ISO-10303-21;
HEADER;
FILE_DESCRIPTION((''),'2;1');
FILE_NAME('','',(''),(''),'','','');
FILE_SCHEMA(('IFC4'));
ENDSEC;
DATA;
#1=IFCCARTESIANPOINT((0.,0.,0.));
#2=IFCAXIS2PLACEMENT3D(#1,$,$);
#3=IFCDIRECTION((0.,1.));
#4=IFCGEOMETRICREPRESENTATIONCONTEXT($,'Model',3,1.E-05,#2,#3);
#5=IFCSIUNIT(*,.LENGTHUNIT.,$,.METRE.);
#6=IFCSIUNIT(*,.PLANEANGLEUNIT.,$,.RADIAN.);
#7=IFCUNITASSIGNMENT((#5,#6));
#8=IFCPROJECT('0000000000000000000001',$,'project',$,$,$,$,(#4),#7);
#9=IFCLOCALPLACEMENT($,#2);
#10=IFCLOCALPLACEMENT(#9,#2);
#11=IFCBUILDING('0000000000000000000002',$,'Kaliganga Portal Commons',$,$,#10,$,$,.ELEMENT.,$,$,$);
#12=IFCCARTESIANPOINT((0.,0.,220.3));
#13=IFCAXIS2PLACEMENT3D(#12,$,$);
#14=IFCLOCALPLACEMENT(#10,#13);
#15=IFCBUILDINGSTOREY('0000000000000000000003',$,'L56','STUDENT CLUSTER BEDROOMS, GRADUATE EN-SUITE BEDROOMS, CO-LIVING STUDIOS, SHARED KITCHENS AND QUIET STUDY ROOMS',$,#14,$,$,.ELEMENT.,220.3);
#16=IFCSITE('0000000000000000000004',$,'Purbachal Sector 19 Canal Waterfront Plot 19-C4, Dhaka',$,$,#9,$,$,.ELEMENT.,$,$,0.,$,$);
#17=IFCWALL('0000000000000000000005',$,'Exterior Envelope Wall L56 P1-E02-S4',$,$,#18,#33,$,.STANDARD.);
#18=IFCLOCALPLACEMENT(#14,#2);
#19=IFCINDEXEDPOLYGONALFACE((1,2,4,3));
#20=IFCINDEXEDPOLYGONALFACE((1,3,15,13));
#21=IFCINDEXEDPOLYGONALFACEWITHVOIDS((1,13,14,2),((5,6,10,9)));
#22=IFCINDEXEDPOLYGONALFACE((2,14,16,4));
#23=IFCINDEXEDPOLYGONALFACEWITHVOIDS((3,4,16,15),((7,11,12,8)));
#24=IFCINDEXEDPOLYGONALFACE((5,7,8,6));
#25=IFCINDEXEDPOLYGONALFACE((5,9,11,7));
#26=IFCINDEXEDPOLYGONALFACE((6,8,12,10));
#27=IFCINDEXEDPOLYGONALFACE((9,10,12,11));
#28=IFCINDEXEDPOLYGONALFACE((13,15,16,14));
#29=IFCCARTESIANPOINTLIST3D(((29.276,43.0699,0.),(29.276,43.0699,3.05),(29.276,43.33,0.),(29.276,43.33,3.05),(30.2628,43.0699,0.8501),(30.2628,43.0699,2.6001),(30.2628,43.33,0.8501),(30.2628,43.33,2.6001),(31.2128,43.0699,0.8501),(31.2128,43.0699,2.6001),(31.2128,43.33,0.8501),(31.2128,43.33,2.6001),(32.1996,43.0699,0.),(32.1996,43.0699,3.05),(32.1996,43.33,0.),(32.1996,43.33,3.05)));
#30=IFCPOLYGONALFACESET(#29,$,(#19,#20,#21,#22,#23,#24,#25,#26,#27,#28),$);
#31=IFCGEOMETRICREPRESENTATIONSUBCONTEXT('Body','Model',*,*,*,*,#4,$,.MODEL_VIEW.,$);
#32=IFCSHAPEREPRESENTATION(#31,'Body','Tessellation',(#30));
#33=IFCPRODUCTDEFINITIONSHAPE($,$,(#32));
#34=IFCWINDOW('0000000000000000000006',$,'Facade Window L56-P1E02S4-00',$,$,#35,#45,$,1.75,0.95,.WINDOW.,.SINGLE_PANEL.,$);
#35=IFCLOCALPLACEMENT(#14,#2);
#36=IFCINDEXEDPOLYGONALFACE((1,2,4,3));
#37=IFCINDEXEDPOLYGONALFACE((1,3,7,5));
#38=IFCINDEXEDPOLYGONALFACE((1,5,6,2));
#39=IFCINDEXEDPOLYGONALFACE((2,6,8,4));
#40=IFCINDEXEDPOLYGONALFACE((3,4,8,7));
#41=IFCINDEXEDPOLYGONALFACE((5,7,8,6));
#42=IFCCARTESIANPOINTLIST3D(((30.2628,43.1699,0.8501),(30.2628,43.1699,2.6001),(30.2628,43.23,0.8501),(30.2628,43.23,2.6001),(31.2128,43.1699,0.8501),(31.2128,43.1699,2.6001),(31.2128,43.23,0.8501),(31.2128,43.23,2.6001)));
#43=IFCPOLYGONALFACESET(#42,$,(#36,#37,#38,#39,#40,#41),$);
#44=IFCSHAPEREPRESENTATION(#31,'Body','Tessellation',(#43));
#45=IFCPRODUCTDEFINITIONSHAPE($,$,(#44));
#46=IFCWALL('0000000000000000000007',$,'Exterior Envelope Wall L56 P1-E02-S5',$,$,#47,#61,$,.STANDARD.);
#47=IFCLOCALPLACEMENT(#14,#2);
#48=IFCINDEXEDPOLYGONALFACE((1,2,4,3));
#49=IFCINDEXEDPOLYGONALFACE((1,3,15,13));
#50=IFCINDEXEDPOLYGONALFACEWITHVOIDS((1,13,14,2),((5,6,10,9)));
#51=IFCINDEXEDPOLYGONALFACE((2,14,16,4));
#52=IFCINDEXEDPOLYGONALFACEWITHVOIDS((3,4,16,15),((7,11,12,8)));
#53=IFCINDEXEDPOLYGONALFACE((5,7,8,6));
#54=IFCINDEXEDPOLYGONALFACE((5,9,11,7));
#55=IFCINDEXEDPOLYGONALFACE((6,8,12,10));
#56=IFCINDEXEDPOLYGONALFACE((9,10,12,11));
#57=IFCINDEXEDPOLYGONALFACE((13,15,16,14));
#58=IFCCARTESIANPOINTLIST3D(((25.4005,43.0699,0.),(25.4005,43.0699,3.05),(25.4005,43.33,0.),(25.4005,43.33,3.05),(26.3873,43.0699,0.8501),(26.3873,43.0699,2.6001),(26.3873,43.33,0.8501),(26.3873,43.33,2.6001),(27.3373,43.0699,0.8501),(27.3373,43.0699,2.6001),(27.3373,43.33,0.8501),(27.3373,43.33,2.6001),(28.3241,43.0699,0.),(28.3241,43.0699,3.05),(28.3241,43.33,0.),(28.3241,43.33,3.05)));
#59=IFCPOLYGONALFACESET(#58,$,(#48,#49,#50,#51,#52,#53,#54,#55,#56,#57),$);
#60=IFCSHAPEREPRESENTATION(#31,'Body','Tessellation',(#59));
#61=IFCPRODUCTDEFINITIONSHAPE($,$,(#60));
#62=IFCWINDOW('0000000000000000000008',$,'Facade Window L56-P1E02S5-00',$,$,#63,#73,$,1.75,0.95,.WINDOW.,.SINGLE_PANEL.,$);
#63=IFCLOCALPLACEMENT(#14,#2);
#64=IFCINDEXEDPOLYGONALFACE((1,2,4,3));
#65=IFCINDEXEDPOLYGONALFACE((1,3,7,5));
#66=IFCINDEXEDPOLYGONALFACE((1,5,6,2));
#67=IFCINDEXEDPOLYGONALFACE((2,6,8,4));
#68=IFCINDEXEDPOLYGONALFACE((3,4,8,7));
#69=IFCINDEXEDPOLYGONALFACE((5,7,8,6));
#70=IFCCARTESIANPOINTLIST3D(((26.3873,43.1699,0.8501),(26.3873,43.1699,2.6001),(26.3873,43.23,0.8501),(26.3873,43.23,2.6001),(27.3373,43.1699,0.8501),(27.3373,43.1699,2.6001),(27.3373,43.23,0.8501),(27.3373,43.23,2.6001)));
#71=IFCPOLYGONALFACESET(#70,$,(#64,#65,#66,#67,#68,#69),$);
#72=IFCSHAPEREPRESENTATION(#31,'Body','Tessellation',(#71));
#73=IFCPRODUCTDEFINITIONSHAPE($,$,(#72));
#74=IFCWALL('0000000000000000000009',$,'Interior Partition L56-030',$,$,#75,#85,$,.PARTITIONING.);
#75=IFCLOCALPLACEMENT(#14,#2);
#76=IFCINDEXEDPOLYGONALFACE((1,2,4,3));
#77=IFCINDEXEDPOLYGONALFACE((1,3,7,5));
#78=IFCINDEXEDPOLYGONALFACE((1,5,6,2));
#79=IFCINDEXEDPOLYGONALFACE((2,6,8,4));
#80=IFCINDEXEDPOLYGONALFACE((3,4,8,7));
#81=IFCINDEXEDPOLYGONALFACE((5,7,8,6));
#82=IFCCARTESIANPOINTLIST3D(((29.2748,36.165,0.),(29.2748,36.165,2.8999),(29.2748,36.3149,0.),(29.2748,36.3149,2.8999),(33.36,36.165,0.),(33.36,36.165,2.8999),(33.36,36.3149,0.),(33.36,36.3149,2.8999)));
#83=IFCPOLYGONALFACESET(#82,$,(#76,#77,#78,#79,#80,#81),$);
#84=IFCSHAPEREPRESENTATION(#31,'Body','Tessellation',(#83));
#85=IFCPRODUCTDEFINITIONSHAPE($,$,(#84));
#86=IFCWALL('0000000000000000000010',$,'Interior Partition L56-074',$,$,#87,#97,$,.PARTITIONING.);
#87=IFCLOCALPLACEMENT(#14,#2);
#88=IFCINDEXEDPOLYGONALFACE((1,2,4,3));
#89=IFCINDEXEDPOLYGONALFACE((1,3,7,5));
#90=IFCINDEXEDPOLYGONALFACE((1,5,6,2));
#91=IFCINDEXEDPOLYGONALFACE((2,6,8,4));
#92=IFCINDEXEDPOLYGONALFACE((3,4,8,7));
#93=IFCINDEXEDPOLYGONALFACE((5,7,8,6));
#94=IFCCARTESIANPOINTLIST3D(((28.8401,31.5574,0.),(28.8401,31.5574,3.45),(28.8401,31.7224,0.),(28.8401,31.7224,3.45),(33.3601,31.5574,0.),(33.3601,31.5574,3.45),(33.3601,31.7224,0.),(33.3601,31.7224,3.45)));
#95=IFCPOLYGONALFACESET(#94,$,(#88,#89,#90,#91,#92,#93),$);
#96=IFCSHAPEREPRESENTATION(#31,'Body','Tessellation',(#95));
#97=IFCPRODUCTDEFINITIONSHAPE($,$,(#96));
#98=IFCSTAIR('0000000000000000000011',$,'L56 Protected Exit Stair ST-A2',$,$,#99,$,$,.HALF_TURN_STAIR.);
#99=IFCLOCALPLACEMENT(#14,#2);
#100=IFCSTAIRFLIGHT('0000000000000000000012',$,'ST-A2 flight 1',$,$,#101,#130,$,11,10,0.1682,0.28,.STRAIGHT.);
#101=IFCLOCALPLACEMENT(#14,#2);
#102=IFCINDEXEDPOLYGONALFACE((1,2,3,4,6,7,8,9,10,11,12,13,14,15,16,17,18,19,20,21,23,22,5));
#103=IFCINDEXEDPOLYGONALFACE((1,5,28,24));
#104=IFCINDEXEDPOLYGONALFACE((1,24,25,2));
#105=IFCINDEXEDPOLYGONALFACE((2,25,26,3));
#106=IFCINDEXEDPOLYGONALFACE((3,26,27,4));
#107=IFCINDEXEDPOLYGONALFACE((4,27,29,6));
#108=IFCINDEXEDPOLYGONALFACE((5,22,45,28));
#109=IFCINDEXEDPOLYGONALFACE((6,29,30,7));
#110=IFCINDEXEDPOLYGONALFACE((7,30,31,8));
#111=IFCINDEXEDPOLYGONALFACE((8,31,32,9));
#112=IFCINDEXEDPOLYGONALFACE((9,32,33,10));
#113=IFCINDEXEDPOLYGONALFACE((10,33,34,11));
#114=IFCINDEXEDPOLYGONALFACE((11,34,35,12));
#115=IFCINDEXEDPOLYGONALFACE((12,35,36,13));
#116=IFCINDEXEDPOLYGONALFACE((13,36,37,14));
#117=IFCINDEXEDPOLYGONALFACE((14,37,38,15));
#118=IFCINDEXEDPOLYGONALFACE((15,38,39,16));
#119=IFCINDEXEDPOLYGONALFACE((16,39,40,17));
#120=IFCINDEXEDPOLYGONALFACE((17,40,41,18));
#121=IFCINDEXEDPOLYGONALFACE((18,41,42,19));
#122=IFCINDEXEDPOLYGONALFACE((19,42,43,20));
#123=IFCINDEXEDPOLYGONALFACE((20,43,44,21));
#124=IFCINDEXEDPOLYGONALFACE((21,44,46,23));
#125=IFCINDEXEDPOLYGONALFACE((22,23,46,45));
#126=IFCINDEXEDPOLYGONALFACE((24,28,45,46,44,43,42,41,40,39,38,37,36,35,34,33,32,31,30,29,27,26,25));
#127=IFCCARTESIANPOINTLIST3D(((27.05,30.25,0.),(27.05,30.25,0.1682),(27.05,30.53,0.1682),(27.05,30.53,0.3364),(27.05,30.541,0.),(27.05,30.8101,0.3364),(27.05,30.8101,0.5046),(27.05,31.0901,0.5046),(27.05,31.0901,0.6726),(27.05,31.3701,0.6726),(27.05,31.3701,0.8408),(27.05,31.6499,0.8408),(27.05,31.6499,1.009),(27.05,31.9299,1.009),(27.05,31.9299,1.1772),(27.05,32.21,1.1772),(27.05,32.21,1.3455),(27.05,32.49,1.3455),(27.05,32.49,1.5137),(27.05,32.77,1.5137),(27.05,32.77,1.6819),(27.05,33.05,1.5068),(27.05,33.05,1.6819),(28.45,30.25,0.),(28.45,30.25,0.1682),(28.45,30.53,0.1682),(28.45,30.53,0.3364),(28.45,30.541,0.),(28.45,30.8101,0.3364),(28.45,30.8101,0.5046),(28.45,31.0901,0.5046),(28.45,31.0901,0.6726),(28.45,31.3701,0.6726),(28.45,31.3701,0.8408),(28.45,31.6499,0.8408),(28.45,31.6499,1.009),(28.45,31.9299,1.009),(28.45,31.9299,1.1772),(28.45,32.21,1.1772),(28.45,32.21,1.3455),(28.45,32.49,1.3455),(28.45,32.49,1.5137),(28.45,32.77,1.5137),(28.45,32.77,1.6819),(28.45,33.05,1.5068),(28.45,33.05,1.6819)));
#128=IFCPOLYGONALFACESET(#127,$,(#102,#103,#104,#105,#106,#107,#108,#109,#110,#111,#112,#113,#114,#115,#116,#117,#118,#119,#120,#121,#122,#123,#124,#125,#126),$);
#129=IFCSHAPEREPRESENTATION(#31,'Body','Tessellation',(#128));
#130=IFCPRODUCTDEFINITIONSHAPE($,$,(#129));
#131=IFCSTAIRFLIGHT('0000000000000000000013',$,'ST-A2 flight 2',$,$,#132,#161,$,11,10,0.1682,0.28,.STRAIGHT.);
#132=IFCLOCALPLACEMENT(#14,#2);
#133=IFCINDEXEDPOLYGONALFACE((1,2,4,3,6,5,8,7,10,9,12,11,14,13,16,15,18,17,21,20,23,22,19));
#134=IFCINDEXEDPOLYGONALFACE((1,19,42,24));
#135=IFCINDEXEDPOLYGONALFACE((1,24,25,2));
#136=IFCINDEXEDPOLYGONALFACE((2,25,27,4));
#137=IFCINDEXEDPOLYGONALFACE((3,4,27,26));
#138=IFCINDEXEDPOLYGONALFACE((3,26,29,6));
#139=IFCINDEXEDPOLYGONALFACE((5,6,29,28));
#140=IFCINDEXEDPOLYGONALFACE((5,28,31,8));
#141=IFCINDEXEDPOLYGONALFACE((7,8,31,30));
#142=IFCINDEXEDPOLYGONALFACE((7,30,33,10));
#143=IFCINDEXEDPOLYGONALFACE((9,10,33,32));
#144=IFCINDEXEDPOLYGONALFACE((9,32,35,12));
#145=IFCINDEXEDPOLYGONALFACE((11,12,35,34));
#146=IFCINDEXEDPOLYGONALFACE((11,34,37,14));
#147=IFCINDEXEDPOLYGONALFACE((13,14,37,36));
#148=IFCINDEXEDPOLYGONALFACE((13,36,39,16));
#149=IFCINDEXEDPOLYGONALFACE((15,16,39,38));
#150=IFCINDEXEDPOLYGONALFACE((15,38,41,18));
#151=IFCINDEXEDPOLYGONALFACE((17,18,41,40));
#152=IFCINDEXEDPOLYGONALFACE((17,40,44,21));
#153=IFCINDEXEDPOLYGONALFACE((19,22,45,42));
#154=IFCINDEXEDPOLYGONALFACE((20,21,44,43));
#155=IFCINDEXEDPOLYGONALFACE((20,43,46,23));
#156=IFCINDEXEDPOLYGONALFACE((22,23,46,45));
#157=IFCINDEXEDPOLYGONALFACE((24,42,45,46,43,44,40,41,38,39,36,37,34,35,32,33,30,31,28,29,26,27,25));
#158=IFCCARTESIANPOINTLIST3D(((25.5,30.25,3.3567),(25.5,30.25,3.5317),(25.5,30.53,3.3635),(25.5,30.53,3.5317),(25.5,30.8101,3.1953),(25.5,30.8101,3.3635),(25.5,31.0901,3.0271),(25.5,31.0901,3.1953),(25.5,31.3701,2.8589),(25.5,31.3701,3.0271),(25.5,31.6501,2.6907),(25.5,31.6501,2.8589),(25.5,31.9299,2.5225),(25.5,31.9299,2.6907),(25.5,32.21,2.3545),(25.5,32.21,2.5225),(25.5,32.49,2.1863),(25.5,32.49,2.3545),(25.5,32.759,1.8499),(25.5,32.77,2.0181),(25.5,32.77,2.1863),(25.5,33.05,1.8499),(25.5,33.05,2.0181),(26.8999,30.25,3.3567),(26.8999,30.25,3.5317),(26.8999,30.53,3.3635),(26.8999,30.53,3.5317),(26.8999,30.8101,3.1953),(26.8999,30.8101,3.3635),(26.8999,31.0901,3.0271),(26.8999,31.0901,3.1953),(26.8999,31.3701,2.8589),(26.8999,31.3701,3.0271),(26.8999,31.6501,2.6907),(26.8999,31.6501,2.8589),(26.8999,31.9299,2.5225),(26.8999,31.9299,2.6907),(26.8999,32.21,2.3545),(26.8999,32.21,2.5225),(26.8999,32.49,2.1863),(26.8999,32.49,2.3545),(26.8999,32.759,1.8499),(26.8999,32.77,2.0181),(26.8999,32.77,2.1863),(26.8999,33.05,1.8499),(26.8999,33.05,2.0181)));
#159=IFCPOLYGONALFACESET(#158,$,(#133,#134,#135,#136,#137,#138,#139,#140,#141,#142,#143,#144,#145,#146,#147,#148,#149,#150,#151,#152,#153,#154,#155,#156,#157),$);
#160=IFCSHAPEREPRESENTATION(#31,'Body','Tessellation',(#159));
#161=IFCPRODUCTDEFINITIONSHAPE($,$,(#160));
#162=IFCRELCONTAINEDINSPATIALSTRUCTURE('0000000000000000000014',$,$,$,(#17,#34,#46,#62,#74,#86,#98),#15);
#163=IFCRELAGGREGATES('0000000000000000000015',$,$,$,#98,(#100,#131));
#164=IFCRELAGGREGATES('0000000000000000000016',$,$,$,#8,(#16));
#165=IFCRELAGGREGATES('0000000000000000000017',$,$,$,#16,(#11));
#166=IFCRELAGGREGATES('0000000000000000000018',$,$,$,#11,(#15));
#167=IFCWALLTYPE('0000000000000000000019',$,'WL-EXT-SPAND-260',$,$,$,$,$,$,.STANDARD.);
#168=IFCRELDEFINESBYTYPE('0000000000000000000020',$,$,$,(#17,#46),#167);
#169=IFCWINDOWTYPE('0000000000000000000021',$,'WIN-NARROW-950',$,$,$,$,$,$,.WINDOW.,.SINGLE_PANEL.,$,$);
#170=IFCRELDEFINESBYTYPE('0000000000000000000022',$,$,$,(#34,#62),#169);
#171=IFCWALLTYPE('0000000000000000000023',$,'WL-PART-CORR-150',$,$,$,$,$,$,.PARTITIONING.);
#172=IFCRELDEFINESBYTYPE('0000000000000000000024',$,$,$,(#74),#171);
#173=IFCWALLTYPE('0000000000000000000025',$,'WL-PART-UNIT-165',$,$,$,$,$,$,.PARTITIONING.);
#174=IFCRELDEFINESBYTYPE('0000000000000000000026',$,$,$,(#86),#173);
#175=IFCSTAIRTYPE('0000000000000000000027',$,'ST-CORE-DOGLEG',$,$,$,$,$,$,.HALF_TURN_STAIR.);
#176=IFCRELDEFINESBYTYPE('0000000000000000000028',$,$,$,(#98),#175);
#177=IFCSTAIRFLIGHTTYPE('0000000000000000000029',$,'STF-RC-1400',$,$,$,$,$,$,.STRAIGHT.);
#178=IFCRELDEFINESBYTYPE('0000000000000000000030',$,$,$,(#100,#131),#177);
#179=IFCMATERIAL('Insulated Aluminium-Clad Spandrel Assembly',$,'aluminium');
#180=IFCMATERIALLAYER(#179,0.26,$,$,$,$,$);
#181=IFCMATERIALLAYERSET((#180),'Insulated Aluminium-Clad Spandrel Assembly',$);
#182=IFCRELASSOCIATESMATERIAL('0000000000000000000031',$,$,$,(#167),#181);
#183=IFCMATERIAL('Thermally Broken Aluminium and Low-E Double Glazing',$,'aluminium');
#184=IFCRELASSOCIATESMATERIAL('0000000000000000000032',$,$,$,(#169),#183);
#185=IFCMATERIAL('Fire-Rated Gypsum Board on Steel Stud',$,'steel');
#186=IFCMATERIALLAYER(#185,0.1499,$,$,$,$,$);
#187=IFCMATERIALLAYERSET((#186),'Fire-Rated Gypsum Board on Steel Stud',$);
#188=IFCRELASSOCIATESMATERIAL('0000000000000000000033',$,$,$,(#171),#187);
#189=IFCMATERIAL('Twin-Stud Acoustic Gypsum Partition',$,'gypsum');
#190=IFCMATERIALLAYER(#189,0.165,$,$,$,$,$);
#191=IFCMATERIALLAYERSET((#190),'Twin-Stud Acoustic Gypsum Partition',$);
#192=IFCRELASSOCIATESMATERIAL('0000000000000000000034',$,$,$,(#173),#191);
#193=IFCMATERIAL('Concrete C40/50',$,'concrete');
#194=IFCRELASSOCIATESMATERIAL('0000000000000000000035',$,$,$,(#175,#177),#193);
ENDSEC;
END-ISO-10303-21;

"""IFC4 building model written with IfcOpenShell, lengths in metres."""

from ifc_helpers import new_model, si_unit, direction, frame, frame_2d, origin, place, context, subcontext, project, spatial, polyline, rectangle, outline, extrude, material, layer, layer_set, type_object, element, fill, aggregate, save


model = new_model("IFC4")

# Units and contexts
model_context = context("Model", 3, precision=1e-05, world=origin(), true_north=direction((0.0, 1.0)))
body_context = subcontext(model_context, "Body", "Model", "MODEL_VIEW")
ifc_project = project(units=[si_unit("LENGTHUNIT", "METRE"), si_unit("PLANEANGLEUNIT", "RADIAN")], contexts=[model_context])

# Site, building, storey
site_placement = place(None, origin())
site = spatial("IfcSite", under=ifc_project, at=site_placement, Name="Purbachal Sector 19 Canal Waterfront Plot 19-C4, Dhaka", CompositionType="ELEMENT", RefElevation=0.0)
building_placement = place(site_placement, origin())
building = spatial("IfcBuilding", under=site, at=building_placement, Name="Kaliganga Portal Commons", CompositionType="ELEMENT")
storey_placement = place(building_placement, frame((0.0, 0.0, 220.3)))
storey = spatial("IfcBuildingStorey", under=building, at=storey_placement, Name="L56", Description="STUDENT CLUSTER BEDROOMS, GRADUATE EN-SUITE BEDROOMS, CO-LIVING STUDIOS, SHARED KITCHENS AND QUIET STUDY ROOMS", CompositionType="ELEMENT", Elevation=220.3)

# Walls, openings, windows
ifc_material_1 = material(Name="Insulated Aluminium-Clad Spandrel Assembly", Category="aluminium")
ifc_layer_1 = layer(ifc_material_1, 0.26)
ifc_layer_set_1 = layer_set([ifc_layer_1], Name="Insulated Aluminium-Clad Spandrel Assembly")
wall_type_1 = type_object("IfcWallType", Name="WL-EXT-SPAND-260", PredefinedType="STANDARD", material=ifc_layer_set_1)
wall_1_placement = place(storey_placement, frame((29.2759, 43.2, 0.0), z_axis=(0.0, 0.0, 1.0), x_axis=(1.0, 0.0, 0.0)))
wall_1 = element("IfcWall", 1, at=wall_1_placement, inside=storey, type_object=wall_type_1, Name="Exterior Envelope Wall L56 P1-E02-S4", PredefinedType="STANDARD", context=body_context, shape_type="SweptSolid", body=[
    extrude(rectangle(XDim=2.9236, YDim=0.26, at=frame_2d((1.4619, 0.0))), origin(), (0.0, 0.0, 1.0), 3.05),
])
opening_1_placement = place(wall_1_placement, frame((0.9868, 0.0, 0.8501)))
opening_1 = element("IfcOpeningElement", 2, at=opening_1_placement, cuts=wall_1, PredefinedType="OPENING", context=body_context, shape_type="SweptSolid", body=[
    extrude(rectangle(XDim=0.95, YDim=1.75, at=frame_2d((0.4751, 0.875))), frame((0.0, 0.1401, 0.0), z_axis=(0.0, -1.0, 0.0), x_axis=(1.0, 0.0, 0.0)), (0.0, 0.0, 1.0), 0.28),
])
ifc_material_2 = material(Name="Thermally Broken Aluminium and Low-E Double Glazing", Category="aluminium")
window_type = type_object("IfcWindowType", Name="WIN-NARROW-950", PartitioningType="SINGLE_PANEL", PredefinedType="WINDOW", material=ifc_material_2)
window_1_placement = place(opening_1_placement, origin())
window_1 = element("IfcWindow", 3, at=window_1_placement, inside=storey, type_object=window_type, Name="Facade Window L56-P1E02S4-00", OverallHeight=1.75, OverallWidth=0.95, PartitioningType="SINGLE_PANEL", PredefinedType="WINDOW", context=body_context, shape_type="SweptSolid", body=[
    extrude(rectangle(XDim=0.95, YDim=1.75, at=frame_2d((0.4751, 0.875))), frame((0.0, 0.03, 0.0), z_axis=(0.0, -1.0, 0.0), x_axis=(1.0, 0.0, 0.0)), (0.0, 0.0, 1.0), 0.0601),
])
fill(opening_1, window_1)
wall_2_placement = place(storey_placement, frame((25.4004, 43.2, 0.0), z_axis=(0.0, 0.0, 1.0), x_axis=(1.0, 0.0, 0.0)))
wall_2 = element("IfcWall", 4, at=wall_2_placement, inside=storey, type_object=wall_type_1, Name="Exterior Envelope Wall L56 P1-E02-S5", PredefinedType="STANDARD", context=body_context, shape_type="SweptSolid", body=[
    extrude(rectangle(XDim=2.9236, YDim=0.26, at=frame_2d((1.4619, 0.0))), origin(), (0.0, 0.0, 1.0), 3.05),
])
opening_2_placement = place(wall_2_placement, frame((0.9868, 0.0, 0.8501)))
opening_2 = element("IfcOpeningElement", 5, at=opening_2_placement, cuts=wall_2, PredefinedType="OPENING", context=body_context, shape_type="SweptSolid", body=[
    extrude(rectangle(XDim=0.95, YDim=1.75, at=frame_2d((0.4751, 0.875))), frame((0.0, 0.1401, 0.0), z_axis=(0.0, -1.0, 0.0), x_axis=(1.0, 0.0, 0.0)), (0.0, 0.0, 1.0), 0.28),
])
window_2_placement = place(opening_2_placement, origin())
window_2 = element("IfcWindow", 6, at=window_2_placement, inside=storey, type_object=window_type, Name="Facade Window L56-P1E02S5-00", OverallHeight=1.75, OverallWidth=0.95, PartitioningType="SINGLE_PANEL", PredefinedType="WINDOW", context=body_context, shape_type="SweptSolid", body=[
    extrude(rectangle(XDim=0.95, YDim=1.75, at=frame_2d((0.4751, 0.875))), frame((0.0, 0.03, 0.0), z_axis=(0.0, -1.0, 0.0), x_axis=(1.0, 0.0, 0.0)), (0.0, 0.0, 1.0), 0.0601),
])
fill(opening_2, window_2)

# Walls
ifc_material_3 = material(Name="Fire-Rated Gypsum Board on Steel Stud", Category="steel")
ifc_layer_2 = layer(ifc_material_3, 0.1499)
ifc_layer_set_2 = layer_set([ifc_layer_2], Name="Fire-Rated Gypsum Board on Steel Stud")
wall_type_2 = type_object("IfcWallType", Name="WL-PART-CORR-150", PredefinedType="PARTITIONING", material=ifc_layer_set_2)
wall_3_placement = place(storey_placement, frame((29.2749, 36.24, 0.0), z_axis=(0.0, 0.0, 1.0), x_axis=(1.0, 0.0, 0.0)))
element("IfcWall", 7, at=wall_3_placement, inside=storey, type_object=wall_type_2, Name="Interior Partition L56-030", PredefinedType="PARTITIONING", context=body_context, shape_type="SweptSolid", body=[
    extrude(rectangle(XDim=4.0852, YDim=0.1499, at=frame_2d((2.0425, 0.0))), origin(), (0.0, 0.0, 1.0), 2.8999),
])
ifc_material_4 = material(Name="Twin-Stud Acoustic Gypsum Partition", Category="gypsum")
ifc_layer_3 = layer(ifc_material_4, 0.165)
ifc_layer_set_3 = layer_set([ifc_layer_3], Name="Twin-Stud Acoustic Gypsum Partition")
wall_type_3 = type_object("IfcWallType", Name="WL-PART-UNIT-165", PredefinedType="PARTITIONING", material=ifc_layer_set_3)
wall_4_placement = place(storey_placement, frame((28.8401, 31.6399, 0.0), z_axis=(0.0, 0.0, 1.0), x_axis=(1.0, 0.0, 0.0)))
element("IfcWall", 8, at=wall_4_placement, inside=storey, type_object=wall_type_3, Name="Interior Partition L56-074", PredefinedType="PARTITIONING", context=body_context, shape_type="SweptSolid", body=[
    extrude(rectangle(XDim=4.52, YDim=0.165, at=frame_2d((2.26, 0.0))), origin(), (0.0, 0.0, 1.0), 3.45),
])

# Stair, stair flights
ifc_material_5 = material(Name="Concrete C40/50", Category="concrete")
stair_type = type_object("IfcStairType", Name="ST-CORE-DOGLEG", PredefinedType="HALF_TURN_STAIR", material=ifc_material_5)
stair_placement = place(storey_placement, origin())
stair = element("IfcStair", 9, at=stair_placement, inside=storey, type_object=stair_type, Name="L56 Protected Exit Stair ST-A2", PredefinedType="HALF_TURN_STAIR")
stair_flight_type = type_object("IfcStairFlightType", Name="STF-RC-1400", PredefinedType="STRAIGHT", material=ifc_material_5)
stair_flight_1_placement = place(storey_placement, frame((27.75, 30.25, 0.0), z_axis=(0.0, 0.0, 1.0), x_axis=(0.0, 1.0, 0.0)))
stair_flight_1 = element("IfcStairFlight", 10, at=stair_flight_1_placement, type_object=stair_flight_type, Name="ST-A2 flight 1", NumberOfRisers=11, NumberOfTreads=10, PredefinedType="STRAIGHT", RiserHeight=0.1682, TreadLength=0.28, context=body_context, shape_type="SweptSolid", body=[
    extrude(outline(polyline([(0.0, 0.0), (0.0, 0.1682), (0.28, 0.1682), (0.28, 0.3364), (0.5601, 0.3364), (0.5601, 0.5046), (0.8401, 0.5046), (0.8401, 0.6726), (1.1201, 0.6726), (1.1201, 0.8408), (1.3999, 0.8408), (1.3999, 1.009), (1.6799, 1.009), (1.6799, 1.1772), (1.96, 1.1772), (1.96, 1.3455), (2.24, 1.3455), (2.24, 1.5137), (2.52, 1.5137), (2.52, 1.6819), (2.8, 1.6819), (2.8, 1.8501), (2.8, 1.5068), (0.291, 0.0), (0.0, 0.0)])), frame((0.0, 0.7, 0.0), z_axis=(0.0, -1.0, 0.0), x_axis=(1.0, 0.0, 0.0)), (0.0, 0.0, 1.0), 1.3999),
])
stair_flight_2_placement = place(storey_placement, frame((26.2, 33.05, 1.8499), z_axis=(0.0, 0.0, 1.0), x_axis=(0.0, -1.0, 0.0)))
stair_flight_2 = element("IfcStairFlight", 11, at=stair_flight_2_placement, type_object=stair_flight_type, Name="ST-A2 flight 2", NumberOfRisers=11, NumberOfTreads=10, PredefinedType="STRAIGHT", RiserHeight=0.1682, TreadLength=0.28, context=body_context, shape_type="SweptSolid", body=[
    extrude(outline(polyline([(0.0, 0.0), (0.0, 0.1682), (0.28, 0.1682), (0.28, 0.3364), (0.5601, 0.3364), (0.5601, 0.5046), (0.8401, 0.5046), (0.8401, 0.6726), (1.1201, 0.6726), (1.1201, 0.8408), (1.3999, 0.8408), (1.3999, 1.009), (1.6799, 1.009), (1.6799, 1.1772), (1.96, 1.1772), (1.96, 1.3455), (2.24, 1.3455), (2.24, 1.5137), (2.52, 1.5137), (2.52, 1.6819), (2.8, 1.6819), (2.8, 1.8501), (2.8, 1.5068), (0.291, 0.0), (0.0, 0.0)])), frame((0.0, 0.7, 0.0), z_axis=(0.0, -1.0, 0.0), x_axis=(1.0, 0.0, 0.0)), (0.0, 0.0, 1.0), 1.3999),
])
aggregate(stair, [stair_flight_1, stair_flight_2])

save(model, "model.ifc")
